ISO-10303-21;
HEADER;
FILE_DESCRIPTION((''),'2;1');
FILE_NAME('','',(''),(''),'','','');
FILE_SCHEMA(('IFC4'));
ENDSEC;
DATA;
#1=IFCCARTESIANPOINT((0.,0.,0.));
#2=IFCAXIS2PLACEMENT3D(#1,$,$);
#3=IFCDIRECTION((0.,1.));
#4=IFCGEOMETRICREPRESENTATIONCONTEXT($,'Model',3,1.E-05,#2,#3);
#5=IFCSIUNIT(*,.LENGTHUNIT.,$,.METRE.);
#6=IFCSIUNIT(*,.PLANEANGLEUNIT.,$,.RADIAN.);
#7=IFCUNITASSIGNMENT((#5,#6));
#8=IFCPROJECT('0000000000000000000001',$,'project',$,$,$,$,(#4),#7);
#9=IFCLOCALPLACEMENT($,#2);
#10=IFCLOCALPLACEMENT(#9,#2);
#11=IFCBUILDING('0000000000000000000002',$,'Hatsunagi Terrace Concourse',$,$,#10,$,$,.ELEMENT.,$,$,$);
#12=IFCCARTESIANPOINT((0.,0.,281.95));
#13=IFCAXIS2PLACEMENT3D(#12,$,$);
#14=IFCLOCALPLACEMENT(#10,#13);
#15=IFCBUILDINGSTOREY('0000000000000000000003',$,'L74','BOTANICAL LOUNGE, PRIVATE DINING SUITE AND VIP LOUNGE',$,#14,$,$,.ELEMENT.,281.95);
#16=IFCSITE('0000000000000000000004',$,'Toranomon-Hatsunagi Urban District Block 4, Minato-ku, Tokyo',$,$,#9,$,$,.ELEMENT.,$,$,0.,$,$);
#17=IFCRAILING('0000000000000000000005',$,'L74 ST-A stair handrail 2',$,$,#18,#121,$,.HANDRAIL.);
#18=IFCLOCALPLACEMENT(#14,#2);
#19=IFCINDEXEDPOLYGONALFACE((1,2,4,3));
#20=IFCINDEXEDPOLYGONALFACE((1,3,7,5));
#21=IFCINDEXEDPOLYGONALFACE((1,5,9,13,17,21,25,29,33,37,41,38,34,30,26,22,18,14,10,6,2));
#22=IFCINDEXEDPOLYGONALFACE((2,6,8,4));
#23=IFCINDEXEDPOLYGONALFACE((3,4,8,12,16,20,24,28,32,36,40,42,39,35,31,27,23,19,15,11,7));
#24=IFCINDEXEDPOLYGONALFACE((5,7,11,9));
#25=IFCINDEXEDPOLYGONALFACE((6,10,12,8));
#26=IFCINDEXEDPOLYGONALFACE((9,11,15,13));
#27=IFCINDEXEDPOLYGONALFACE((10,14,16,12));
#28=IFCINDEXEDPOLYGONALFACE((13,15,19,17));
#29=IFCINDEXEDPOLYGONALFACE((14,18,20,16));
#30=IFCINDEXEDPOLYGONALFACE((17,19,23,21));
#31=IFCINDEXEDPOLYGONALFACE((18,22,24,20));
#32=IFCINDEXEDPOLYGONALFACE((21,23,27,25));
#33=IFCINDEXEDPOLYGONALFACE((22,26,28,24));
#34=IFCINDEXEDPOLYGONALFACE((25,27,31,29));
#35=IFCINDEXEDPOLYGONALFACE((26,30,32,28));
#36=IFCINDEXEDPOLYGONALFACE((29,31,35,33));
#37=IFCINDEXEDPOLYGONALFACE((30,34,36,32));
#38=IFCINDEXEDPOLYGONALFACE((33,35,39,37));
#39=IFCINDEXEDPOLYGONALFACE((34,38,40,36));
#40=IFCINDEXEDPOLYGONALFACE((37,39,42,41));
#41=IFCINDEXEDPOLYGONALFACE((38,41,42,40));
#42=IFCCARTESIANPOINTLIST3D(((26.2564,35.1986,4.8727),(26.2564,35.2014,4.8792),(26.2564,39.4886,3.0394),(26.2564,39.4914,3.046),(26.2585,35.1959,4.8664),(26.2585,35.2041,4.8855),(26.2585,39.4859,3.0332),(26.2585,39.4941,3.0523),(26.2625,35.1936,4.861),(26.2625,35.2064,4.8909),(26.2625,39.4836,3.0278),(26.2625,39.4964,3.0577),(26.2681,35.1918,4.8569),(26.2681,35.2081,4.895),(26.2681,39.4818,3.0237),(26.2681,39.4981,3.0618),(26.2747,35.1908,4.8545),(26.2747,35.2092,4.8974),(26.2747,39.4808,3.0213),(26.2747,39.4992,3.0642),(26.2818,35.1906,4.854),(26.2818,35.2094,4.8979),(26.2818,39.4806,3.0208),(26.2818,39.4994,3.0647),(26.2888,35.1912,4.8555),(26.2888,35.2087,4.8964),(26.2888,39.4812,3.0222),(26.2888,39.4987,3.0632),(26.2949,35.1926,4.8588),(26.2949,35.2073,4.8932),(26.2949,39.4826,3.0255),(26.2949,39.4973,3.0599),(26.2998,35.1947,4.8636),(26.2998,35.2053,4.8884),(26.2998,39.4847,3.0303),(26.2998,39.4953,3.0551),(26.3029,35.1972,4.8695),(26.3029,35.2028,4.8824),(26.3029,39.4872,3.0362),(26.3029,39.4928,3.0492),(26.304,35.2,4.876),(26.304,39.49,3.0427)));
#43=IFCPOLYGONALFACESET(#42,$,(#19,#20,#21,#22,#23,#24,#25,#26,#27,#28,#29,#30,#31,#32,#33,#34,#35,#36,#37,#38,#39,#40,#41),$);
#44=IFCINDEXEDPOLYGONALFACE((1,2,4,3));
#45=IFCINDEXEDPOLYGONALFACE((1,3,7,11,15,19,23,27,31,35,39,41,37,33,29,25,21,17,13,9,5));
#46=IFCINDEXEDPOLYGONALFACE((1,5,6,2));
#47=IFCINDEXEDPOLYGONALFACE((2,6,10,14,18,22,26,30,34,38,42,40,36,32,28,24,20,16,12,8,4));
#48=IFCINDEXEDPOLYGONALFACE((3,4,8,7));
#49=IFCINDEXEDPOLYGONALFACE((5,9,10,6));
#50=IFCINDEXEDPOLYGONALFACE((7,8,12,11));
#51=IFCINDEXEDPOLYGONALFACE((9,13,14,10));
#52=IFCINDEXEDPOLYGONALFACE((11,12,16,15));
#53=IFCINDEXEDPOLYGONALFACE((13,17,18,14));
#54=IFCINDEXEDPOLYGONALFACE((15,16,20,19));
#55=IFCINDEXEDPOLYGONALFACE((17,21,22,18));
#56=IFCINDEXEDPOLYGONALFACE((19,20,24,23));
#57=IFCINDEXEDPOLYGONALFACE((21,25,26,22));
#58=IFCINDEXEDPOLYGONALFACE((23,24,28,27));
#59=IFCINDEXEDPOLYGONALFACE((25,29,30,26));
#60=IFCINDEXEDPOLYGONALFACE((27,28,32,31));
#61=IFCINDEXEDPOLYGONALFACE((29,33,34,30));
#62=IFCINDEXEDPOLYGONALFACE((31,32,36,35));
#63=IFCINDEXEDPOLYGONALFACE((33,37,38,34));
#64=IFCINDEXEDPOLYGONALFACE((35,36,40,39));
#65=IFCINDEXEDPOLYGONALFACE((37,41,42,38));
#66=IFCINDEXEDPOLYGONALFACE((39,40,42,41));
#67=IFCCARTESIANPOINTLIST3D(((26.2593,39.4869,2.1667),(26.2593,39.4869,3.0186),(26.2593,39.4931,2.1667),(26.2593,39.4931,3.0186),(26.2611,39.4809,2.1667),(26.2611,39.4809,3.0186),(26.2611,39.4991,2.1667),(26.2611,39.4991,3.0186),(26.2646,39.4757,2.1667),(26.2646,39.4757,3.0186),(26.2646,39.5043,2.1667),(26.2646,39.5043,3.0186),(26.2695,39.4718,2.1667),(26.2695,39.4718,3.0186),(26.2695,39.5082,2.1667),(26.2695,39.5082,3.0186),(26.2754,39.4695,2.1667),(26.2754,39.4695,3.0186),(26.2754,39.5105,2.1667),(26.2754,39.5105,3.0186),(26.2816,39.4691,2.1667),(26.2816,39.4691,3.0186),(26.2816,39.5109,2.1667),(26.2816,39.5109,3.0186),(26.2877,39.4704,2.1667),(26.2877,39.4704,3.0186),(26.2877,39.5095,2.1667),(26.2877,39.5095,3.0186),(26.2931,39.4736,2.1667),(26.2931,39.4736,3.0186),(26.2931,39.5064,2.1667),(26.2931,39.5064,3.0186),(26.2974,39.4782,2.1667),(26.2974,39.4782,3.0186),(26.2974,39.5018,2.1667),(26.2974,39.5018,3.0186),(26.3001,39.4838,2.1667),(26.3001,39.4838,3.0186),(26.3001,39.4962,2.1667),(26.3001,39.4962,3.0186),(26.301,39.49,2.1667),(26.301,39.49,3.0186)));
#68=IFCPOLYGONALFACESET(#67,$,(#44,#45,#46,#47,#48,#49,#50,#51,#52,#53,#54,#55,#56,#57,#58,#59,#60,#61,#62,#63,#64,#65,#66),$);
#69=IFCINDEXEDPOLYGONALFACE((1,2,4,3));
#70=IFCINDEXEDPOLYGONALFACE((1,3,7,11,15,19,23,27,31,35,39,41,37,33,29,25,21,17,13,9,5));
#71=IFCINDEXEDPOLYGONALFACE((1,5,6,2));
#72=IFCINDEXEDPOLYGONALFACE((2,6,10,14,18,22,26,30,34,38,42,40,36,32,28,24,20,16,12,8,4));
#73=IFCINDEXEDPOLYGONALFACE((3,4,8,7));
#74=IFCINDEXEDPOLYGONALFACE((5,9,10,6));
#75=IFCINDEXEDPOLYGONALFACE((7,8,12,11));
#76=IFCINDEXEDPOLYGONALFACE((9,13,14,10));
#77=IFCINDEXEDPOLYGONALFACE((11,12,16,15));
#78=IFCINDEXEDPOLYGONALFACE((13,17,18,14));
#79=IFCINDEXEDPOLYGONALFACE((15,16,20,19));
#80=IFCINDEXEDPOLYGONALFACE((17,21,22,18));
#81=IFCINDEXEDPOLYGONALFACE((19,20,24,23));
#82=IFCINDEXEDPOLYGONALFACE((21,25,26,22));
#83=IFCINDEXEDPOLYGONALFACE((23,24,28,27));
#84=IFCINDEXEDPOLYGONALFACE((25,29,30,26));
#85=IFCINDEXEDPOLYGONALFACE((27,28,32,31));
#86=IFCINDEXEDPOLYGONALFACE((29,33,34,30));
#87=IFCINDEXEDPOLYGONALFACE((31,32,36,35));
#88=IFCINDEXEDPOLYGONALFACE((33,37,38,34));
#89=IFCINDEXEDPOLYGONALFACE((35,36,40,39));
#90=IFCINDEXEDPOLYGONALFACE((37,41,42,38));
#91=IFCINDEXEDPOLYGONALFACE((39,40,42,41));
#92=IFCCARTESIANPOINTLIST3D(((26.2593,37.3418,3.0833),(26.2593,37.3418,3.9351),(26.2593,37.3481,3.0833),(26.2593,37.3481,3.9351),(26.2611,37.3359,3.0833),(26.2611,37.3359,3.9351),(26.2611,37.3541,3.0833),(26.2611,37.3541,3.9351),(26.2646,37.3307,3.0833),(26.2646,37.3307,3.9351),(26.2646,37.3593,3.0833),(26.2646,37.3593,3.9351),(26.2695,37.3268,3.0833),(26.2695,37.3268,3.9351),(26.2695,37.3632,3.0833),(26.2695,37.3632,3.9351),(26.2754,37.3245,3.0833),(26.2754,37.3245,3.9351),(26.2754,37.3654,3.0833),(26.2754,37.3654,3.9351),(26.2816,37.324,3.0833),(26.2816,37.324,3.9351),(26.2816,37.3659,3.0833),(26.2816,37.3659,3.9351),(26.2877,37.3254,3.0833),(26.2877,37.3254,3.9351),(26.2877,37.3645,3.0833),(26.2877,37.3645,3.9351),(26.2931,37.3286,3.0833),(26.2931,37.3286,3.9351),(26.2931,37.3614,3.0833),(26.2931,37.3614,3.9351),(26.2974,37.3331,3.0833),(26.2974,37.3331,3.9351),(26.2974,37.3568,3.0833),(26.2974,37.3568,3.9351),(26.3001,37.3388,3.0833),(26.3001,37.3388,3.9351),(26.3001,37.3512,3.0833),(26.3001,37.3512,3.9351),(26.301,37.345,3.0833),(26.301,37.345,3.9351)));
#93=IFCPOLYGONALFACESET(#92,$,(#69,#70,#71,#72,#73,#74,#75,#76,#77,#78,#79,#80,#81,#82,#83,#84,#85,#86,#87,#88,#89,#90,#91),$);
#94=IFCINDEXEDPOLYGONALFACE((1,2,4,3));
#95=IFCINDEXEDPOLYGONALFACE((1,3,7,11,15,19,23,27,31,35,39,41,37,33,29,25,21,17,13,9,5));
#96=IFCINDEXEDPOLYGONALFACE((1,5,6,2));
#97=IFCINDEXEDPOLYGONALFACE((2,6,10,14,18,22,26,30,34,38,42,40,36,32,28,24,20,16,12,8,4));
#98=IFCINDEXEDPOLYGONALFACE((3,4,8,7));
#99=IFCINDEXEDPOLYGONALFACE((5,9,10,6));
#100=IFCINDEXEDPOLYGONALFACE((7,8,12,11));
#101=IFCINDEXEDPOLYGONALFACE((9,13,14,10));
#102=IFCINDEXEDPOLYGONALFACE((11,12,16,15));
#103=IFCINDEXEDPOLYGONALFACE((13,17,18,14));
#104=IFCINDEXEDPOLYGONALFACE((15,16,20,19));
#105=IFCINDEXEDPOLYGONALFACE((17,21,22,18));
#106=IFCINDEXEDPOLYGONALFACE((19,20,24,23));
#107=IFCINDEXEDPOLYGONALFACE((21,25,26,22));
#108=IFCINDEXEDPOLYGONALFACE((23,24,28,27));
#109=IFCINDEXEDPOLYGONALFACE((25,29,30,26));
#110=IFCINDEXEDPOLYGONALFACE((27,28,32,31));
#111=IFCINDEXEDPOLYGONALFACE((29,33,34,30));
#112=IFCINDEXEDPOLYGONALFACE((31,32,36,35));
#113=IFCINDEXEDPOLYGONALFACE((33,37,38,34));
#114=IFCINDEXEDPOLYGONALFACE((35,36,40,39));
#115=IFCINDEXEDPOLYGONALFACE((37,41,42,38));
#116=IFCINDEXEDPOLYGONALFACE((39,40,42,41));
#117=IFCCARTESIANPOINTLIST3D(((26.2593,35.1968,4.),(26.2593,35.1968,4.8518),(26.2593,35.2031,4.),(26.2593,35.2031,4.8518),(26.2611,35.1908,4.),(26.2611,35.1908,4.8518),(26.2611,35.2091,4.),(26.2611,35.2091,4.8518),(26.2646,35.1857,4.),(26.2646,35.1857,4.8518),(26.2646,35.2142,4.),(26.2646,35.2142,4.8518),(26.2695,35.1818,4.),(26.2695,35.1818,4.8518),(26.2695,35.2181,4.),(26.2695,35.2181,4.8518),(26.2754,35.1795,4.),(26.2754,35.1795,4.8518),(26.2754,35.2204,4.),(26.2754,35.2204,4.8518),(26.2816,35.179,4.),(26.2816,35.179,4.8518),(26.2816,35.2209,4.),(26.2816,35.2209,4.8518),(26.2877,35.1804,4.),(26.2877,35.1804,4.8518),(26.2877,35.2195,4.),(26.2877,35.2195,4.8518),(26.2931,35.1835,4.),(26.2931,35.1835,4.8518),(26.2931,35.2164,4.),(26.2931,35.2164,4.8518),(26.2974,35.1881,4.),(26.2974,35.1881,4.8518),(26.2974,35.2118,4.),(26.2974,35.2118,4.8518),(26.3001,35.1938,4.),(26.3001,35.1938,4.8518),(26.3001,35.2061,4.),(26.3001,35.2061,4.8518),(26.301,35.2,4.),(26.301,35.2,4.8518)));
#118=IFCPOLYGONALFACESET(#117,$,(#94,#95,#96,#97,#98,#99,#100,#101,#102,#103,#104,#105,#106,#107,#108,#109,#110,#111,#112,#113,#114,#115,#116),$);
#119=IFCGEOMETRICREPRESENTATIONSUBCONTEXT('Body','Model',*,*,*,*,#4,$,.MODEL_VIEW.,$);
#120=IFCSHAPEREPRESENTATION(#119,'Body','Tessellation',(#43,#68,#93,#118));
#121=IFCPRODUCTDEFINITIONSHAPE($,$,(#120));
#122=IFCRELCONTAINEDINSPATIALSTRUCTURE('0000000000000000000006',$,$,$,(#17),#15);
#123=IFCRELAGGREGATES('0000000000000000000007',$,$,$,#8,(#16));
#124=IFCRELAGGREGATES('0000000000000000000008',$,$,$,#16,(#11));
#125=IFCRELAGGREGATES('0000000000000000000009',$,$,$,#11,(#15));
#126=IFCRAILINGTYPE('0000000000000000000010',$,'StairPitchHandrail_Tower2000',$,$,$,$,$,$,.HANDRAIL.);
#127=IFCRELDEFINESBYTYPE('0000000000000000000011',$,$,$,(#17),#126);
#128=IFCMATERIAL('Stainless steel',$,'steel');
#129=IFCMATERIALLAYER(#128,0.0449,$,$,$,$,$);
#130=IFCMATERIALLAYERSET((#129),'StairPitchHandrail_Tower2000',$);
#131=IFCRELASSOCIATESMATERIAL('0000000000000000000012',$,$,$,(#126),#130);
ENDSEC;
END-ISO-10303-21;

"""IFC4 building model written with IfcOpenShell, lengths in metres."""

from ifc_helpers import new_model, si_unit, direction, frame, origin, origin_2d, place, context, subcontext, project, spatial, circle, extrude, material, layer, layer_set, type_object, element, save


model = new_model("IFC4")

# Units and contexts
model_context = context("Model", 3, precision=1e-05, world=origin(), true_north=direction((0.0, 1.0)))
body_context = subcontext(model_context, "Body", "Model", "MODEL_VIEW")
ifc_project = project(units=[si_unit("LENGTHUNIT", "METRE"), si_unit("PLANEANGLEUNIT", "RADIAN")], contexts=[model_context])

# Site, building, storey
site_placement = place(None, origin())
site = spatial("IfcSite", under=ifc_project, at=site_placement, Name="Toranomon-Hatsunagi Urban District Block 4, Minato-ku, Tokyo", CompositionType="ELEMENT", RefElevation=0.0)
building_placement = place(site_placement, origin())
building = spatial("IfcBuilding", under=site, at=building_placement, Name="Hatsunagi Terrace Concourse", CompositionType="ELEMENT")
storey_placement = place(building_placement, frame((0.0, 0.0, 281.95)))
storey = spatial("IfcBuildingStorey", under=building, at=storey_placement, Name="L74", Description="BOTANICAL LOUNGE, PRIVATE DINING SUITE AND VIP LOUNGE", CompositionType="ELEMENT", Elevation=281.95)

# Railing
ifc_material_1 = material(Name="Stainless steel", Category="steel")
ifc_layer_1 = layer(ifc_material_1, 0.0449)
ifc_layer_set_1 = layer_set([ifc_layer_1], Name="StairPitchHandrail_Tower2000")
railing_type_1 = type_object("IfcRailingType", Name="StairPitchHandrail_Tower2000", PredefinedType="HANDRAIL", material=ifc_layer_set_1)
railing_1_placement = place(storey_placement, frame((26.28, 39.49, 2.1667)))
element("IfcRailing", 1, at=railing_1_placement, inside=storey, type_object=railing_type_1, Name="L74 ST-A stair handrail 2", PredefinedType="HANDRAIL", context=body_context, shape_type="SweptSolid", body=[
    extrude(circle(Radius=0.0239, at=origin_2d()), frame((0.0, 0.0, 0.876), z_axis=(0.0, -0.919559, 0.392953), x_axis=(1.0, 0.0, 0.0)), (0.0, 0.0, 1.0), 4.6653),
    extrude(circle(Radius=0.021, at=origin_2d()), origin(), (0.0, 0.0, 1.0), 0.8518),
    extrude(circle(Radius=0.021, at=origin_2d()), frame((0.0, -2.145, 0.9165)), (0.0, 0.0, 1.0), 0.8518),
    extrude(circle(Radius=0.021, at=origin_2d()), frame((0.0, -4.29, 1.8333)), (0.0, 0.0, 1.0), 0.8518),
])

save(model, "model.ifc")
